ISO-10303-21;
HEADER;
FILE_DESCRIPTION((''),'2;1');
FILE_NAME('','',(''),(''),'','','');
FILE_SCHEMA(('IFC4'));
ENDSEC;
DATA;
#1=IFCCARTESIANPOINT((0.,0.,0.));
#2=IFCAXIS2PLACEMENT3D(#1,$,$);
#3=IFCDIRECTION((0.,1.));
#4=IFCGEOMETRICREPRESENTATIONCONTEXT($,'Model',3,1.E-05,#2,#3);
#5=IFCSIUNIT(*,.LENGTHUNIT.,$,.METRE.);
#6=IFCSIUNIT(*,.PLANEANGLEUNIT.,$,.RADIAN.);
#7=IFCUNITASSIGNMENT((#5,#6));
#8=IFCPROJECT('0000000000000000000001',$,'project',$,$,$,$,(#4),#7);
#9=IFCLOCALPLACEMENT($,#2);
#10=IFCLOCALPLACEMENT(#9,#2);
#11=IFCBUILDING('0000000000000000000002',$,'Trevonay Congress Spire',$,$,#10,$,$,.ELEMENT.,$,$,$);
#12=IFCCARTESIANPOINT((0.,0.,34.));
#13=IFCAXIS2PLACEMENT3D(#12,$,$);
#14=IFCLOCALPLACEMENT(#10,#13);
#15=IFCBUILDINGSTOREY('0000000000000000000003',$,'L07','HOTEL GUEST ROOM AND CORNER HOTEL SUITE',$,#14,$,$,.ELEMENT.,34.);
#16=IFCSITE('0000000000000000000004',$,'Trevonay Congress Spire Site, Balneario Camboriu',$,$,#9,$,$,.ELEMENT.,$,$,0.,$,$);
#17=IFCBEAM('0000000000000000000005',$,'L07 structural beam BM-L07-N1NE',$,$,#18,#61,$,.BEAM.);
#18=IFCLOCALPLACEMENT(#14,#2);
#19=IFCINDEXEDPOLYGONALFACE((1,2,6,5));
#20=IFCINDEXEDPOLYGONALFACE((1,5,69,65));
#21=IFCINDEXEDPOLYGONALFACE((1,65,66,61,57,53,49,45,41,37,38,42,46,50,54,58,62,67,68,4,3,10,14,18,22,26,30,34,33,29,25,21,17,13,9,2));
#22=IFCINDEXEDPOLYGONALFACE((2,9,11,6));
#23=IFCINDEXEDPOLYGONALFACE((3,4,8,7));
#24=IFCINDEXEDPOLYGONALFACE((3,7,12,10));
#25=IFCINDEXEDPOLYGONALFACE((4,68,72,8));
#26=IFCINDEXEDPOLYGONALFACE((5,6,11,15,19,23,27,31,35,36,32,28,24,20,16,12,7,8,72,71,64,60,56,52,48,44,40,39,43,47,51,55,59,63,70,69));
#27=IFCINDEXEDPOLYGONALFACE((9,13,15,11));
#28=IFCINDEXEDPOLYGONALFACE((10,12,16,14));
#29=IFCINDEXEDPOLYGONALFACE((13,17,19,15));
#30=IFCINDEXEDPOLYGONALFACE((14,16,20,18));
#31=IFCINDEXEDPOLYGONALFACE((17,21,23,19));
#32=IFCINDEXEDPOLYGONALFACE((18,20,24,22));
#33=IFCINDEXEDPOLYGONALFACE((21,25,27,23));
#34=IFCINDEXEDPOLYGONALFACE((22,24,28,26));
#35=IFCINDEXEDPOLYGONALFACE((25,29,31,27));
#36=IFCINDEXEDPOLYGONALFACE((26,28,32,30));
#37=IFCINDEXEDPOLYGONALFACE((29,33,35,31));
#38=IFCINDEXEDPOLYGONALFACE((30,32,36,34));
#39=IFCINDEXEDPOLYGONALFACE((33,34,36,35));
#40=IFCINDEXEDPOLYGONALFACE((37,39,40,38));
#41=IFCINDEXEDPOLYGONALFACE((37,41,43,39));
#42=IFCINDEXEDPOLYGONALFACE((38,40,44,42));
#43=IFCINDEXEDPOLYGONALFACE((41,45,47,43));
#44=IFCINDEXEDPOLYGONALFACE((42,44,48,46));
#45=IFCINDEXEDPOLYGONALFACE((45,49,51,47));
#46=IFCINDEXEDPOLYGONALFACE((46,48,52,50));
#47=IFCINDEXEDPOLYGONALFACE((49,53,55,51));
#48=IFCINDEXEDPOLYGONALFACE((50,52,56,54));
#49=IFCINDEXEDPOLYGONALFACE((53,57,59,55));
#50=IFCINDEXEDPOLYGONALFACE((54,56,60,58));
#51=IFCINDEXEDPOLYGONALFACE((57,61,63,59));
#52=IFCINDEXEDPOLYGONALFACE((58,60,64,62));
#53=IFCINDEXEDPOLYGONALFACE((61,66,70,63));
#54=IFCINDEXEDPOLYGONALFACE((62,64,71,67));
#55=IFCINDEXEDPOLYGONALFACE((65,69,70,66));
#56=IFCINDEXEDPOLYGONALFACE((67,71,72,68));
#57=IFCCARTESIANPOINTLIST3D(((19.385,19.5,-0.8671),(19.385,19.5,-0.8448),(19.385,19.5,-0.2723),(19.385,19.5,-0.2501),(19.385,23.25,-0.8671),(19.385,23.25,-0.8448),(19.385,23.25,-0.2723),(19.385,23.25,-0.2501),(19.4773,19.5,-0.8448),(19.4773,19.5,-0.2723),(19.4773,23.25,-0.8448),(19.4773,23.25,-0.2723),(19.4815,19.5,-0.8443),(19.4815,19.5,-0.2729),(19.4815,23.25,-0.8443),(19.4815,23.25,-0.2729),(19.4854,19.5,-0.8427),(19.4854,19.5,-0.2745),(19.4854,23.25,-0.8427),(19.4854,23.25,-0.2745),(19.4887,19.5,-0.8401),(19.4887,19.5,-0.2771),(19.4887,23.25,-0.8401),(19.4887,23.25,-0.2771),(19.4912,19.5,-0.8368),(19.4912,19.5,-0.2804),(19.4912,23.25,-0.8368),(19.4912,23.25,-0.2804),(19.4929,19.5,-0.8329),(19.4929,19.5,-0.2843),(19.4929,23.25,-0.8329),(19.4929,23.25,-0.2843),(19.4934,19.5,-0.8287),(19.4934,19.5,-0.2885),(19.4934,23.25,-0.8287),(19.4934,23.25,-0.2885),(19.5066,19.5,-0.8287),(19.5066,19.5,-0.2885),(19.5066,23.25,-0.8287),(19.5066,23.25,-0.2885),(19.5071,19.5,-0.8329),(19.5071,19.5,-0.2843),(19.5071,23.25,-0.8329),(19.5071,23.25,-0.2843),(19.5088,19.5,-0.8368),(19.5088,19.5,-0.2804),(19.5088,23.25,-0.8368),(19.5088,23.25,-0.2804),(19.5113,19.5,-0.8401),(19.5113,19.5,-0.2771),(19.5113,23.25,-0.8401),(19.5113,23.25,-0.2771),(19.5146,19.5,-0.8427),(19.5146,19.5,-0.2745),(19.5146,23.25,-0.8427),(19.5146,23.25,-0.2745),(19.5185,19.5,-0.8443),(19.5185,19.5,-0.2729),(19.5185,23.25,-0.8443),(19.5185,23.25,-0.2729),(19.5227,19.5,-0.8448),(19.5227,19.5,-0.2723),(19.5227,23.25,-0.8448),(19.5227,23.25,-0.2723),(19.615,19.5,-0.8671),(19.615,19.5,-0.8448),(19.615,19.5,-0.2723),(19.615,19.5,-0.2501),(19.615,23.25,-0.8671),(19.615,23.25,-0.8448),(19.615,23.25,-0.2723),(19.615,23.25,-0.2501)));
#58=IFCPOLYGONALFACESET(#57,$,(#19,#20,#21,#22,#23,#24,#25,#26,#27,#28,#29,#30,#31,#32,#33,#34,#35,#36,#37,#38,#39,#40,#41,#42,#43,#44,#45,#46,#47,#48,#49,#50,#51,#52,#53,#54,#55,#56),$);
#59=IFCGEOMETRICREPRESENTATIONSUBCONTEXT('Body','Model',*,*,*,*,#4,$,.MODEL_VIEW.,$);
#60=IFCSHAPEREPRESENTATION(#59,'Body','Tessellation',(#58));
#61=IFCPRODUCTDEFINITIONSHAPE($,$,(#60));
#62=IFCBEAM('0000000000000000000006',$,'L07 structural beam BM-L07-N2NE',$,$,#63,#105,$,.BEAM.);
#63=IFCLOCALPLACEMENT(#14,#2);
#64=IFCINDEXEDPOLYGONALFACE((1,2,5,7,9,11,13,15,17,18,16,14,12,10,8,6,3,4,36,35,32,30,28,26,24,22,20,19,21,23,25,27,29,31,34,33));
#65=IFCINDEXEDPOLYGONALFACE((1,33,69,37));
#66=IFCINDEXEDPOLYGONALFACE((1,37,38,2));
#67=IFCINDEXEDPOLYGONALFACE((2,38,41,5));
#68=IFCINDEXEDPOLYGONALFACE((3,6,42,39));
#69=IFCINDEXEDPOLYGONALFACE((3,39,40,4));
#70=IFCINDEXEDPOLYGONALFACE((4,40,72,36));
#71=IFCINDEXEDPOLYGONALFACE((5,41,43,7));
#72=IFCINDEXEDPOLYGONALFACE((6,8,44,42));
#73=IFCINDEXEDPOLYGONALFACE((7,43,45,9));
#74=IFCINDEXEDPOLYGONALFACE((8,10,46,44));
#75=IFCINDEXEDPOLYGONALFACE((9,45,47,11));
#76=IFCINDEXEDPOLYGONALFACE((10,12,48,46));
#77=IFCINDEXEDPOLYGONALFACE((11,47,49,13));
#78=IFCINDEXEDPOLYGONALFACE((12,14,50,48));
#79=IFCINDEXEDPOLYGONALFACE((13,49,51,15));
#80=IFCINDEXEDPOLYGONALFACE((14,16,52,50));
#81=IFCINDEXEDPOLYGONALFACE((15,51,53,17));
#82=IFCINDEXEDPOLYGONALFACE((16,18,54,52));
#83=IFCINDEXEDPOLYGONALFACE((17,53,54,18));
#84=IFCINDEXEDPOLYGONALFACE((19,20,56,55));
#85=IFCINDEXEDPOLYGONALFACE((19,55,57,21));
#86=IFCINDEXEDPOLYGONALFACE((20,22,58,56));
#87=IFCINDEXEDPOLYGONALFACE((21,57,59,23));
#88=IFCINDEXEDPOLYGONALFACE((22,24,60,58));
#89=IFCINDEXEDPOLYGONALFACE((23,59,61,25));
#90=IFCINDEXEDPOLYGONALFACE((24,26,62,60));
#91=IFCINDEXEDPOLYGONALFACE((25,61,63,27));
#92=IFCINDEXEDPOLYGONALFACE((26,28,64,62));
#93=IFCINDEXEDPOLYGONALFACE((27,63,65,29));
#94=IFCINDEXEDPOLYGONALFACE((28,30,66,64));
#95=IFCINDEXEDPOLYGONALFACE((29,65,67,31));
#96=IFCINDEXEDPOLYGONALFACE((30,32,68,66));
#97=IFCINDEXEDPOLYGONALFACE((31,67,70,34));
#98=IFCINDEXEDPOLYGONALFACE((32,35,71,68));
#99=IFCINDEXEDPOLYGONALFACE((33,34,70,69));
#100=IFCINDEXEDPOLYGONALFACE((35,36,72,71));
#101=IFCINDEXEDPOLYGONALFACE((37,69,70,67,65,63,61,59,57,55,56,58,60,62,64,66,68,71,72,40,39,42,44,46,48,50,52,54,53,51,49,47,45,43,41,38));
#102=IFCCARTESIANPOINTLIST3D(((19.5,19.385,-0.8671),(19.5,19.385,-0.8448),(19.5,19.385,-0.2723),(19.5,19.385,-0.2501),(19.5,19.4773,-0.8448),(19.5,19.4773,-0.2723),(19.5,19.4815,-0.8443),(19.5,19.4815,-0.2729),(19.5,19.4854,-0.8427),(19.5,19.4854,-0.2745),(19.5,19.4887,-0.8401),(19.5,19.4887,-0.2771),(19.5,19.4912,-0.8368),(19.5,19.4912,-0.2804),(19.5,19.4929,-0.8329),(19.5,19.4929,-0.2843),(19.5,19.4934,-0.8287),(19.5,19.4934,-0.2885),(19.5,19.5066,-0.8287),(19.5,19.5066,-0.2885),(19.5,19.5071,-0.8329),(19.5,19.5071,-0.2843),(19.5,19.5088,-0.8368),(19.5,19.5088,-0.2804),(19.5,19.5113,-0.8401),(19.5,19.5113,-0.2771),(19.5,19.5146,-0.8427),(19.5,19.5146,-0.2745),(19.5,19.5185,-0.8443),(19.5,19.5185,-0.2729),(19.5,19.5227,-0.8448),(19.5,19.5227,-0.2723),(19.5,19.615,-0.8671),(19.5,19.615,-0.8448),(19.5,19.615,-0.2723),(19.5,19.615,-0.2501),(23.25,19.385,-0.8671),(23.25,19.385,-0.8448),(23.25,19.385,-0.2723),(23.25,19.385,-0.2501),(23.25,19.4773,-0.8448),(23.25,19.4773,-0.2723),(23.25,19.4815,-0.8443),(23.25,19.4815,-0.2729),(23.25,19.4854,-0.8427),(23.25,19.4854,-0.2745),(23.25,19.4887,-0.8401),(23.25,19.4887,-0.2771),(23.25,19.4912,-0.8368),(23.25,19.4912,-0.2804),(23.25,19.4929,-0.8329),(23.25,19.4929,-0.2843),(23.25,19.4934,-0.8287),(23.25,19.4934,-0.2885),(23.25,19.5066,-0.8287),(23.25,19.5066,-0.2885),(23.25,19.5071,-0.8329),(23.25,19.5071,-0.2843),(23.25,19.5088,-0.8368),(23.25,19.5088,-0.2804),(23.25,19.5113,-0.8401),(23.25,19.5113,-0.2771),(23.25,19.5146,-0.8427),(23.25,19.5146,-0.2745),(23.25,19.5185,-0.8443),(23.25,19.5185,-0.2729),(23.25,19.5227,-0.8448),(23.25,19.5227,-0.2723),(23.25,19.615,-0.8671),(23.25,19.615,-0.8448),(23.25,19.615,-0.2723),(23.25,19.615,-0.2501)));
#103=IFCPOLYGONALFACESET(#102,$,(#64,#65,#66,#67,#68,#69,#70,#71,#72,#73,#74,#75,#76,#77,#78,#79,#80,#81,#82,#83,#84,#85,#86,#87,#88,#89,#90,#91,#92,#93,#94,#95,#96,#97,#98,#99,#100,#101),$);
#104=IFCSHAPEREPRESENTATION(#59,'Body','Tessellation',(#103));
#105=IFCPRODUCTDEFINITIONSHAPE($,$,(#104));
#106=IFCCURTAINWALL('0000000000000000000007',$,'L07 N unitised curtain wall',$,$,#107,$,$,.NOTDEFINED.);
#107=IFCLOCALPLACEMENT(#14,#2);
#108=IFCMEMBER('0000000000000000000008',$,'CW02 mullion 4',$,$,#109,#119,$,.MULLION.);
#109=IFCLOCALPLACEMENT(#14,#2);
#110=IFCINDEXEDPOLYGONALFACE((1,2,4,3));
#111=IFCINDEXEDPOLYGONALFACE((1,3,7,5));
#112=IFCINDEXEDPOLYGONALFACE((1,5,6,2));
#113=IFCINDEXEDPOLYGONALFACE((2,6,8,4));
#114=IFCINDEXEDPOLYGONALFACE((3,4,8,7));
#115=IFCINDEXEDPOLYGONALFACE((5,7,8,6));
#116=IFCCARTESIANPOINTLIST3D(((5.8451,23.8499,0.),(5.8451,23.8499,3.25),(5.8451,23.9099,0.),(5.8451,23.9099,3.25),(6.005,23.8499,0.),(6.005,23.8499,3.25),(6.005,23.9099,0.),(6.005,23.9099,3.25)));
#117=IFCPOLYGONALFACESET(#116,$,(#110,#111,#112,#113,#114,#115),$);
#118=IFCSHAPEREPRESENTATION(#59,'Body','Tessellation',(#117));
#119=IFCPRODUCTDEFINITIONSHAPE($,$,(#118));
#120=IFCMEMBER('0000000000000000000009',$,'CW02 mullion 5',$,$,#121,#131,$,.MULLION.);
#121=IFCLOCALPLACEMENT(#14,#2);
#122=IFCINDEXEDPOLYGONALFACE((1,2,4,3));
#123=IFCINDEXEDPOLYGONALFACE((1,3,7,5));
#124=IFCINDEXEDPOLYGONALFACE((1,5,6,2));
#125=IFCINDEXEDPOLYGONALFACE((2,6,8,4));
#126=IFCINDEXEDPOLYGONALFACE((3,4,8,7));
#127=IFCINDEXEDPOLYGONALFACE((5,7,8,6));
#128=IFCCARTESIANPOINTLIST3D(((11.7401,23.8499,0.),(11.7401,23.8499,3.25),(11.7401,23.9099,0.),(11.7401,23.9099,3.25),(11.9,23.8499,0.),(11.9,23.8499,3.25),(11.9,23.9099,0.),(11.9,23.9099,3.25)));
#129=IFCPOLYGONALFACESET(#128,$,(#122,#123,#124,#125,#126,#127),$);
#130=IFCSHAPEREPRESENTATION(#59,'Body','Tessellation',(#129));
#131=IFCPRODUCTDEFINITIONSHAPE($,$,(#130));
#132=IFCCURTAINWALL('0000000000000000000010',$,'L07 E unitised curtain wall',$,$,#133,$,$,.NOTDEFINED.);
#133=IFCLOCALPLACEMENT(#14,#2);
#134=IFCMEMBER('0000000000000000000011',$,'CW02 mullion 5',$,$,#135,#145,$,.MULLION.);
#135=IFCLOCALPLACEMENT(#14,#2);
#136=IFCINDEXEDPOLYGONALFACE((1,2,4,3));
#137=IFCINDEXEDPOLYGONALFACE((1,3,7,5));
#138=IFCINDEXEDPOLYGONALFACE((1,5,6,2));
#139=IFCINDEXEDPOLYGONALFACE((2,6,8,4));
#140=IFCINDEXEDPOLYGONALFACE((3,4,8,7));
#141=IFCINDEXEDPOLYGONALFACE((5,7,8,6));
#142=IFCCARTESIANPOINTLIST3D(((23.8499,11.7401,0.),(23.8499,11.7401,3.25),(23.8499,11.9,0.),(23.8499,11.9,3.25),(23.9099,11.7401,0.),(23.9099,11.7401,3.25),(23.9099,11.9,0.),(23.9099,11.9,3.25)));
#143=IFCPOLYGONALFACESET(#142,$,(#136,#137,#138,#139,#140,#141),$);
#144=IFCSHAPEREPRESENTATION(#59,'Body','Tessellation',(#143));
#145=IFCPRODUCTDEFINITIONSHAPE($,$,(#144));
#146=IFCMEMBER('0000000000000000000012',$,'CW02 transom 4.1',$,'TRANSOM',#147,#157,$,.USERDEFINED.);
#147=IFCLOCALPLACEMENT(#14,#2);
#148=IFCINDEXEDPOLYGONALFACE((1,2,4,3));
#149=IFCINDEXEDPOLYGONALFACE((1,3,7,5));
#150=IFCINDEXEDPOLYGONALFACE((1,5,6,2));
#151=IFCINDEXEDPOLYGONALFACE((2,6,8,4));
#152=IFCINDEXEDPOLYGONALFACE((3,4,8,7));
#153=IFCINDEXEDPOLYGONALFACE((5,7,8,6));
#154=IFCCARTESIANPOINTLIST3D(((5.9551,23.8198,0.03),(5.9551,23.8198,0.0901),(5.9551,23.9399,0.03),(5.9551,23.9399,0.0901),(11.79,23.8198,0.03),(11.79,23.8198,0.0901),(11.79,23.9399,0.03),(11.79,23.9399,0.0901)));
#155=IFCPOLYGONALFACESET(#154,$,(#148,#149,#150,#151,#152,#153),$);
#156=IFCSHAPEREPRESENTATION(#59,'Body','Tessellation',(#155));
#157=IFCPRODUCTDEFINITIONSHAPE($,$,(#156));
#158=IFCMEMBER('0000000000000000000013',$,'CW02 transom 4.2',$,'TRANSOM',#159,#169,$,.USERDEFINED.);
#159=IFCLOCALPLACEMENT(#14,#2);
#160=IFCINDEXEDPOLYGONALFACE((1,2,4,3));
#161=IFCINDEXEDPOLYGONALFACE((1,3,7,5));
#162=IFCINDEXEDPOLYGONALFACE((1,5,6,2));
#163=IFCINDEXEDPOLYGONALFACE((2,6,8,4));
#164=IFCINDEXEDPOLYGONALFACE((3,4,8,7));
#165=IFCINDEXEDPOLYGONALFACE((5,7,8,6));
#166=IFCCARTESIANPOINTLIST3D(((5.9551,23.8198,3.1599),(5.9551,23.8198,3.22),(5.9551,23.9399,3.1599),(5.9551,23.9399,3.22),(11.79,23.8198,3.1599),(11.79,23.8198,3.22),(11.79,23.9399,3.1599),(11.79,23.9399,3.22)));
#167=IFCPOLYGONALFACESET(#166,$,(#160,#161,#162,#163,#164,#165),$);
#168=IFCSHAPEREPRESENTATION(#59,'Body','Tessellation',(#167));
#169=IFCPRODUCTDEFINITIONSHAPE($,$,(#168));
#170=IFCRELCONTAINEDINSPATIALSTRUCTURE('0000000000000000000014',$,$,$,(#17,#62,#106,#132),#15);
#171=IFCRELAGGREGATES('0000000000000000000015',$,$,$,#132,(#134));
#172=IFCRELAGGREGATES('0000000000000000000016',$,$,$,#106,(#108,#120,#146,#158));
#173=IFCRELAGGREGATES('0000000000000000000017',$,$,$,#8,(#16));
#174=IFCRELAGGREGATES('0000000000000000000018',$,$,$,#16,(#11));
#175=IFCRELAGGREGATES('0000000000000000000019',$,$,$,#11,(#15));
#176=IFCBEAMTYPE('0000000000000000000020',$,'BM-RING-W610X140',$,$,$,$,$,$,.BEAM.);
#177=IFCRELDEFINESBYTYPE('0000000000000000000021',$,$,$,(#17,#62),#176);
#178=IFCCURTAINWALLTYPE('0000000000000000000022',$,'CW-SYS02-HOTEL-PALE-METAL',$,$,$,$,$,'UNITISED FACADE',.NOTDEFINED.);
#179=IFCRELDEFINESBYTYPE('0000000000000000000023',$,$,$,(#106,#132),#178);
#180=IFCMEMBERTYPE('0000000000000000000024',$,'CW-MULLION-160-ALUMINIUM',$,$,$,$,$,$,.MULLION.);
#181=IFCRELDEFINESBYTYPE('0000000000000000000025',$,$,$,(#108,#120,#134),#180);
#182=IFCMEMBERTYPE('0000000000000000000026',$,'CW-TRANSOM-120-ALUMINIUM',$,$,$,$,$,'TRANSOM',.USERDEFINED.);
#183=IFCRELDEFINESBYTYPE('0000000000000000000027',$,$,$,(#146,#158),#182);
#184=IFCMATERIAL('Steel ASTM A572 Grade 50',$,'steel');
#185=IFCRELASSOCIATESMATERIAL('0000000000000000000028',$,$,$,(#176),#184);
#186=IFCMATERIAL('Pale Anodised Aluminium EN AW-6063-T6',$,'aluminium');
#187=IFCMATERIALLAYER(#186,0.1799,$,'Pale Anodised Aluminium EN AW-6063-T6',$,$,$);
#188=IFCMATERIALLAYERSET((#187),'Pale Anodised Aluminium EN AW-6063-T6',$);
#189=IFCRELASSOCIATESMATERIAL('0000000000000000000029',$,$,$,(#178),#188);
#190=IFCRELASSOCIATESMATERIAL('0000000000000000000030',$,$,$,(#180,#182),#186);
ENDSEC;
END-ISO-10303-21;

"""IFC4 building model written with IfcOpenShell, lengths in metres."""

from ifc_helpers import new_model, si_unit, direction, frame, origin, origin_2d, place, context, subcontext, project, spatial, rectangle, i_section, extrude, material, layer, layer_set, material_profile, profile_set, type_object, element, aggregate, save


model = new_model("IFC4")

# Units and contexts
model_context = context("Model", 3, precision=1e-05, world=origin(), true_north=direction((0.0, 1.0)))
body_context = subcontext(model_context, "Body", "Model", "MODEL_VIEW")
ifc_project = project(units=[si_unit("LENGTHUNIT", "METRE"), si_unit("PLANEANGLEUNIT", "RADIAN")], contexts=[model_context])

# Site, building, storey
site_placement = place(None, origin())
site = spatial("IfcSite", under=ifc_project, at=site_placement, Name="Trevonay Congress Spire Site, Balneario Camboriu", CompositionType="ELEMENT", RefElevation=0.0)
building_placement = place(site_placement, origin())
building = spatial("IfcBuilding", under=site, at=building_placement, Name="Trevonay Congress Spire", CompositionType="ELEMENT")
storey_placement = place(building_placement, frame((0.0, 0.0, 34.0)))
storey = spatial("IfcBuildingStorey", under=building, at=storey_placement, Name="L07", Description="HOTEL GUEST ROOM AND CORNER HOTEL SUITE", CompositionType="ELEMENT", Elevation=34.0)

# Shared definitions
ifc_material_1 = material(Name="Steel ASTM A572 Grade 50", Category="steel")

# Beams
ifc_material_profile_1 = material_profile(ifc_material_1, i_section(OverallWidth=0.23, OverallDepth=0.6169, WebThickness=0.0132, FlangeThickness=0.0222, FilletRadius=0.0161, at=origin_2d()), Name="W610x140")
ifc_profile_set_1 = profile_set([ifc_material_profile_1], Name="Steel ASTM A572 Grade 50")
beam_type = type_object("IfcBeamType", Name="BM-RING-W610X140", PredefinedType="BEAM", material=ifc_profile_set_1)
for number, where, z_axis, x_axis, name in (
    (1, (19.5, 23.25, -0.5586), (0.0, -1.0, 0.0), (1.0, 0.0, 0.0), "L07 structural beam BM-L07-N1NE"),
    (2, (23.25, 19.5, -0.5586), (-1.0, 0.0, 0.0), (0.0, -1.0, 0.0), "L07 structural beam BM-L07-N2NE"),
):
    element("IfcBeam", number, at=place(storey_placement, frame(where, z_axis=z_axis, x_axis=x_axis)), inside=storey, type_object=beam_type, Name=name, PredefinedType="BEAM", context=body_context, shape_type="SweptSolid", body=[
        extrude(i_section(OverallWidth=0.23, OverallDepth=0.6169, WebThickness=0.0132, FlangeThickness=0.0222, FilletRadius=0.0161, at=origin_2d()), origin(), (0.0, 0.0, 1.0), 3.75),
    ])

# Curtain wall, members
ifc_material_2 = material(Name="Pale Anodised Aluminium EN AW-6063-T6", Category="aluminium")
ifc_layer_1 = layer(ifc_material_2, 0.1799, Name="Pale Anodised Aluminium EN AW-6063-T6")
ifc_layer_set_1 = layer_set([ifc_layer_1], Name="Pale Anodised Aluminium EN AW-6063-T6")
curtain_wall_type = type_object("IfcCurtainWallType", Name="CW-SYS02-HOTEL-PALE-METAL", ElementType="UNITISED FACADE", PredefinedType="NOTDEFINED", material=ifc_layer_set_1)
curtain_wall_1_placement = place(storey_placement, origin())
curtain_wall_1 = element("IfcCurtainWall", 3, at=curtain_wall_1_placement, inside=storey, type_object=curtain_wall_type, Name="L07 N unitised curtain wall", PredefinedType="NOTDEFINED")
ifc_material_profile_2 = material_profile(ifc_material_2, rectangle(XDim=0.0601, YDim=0.1599, at=origin_2d()), Name="CW-MULLION-160-ALUMINIUM")
ifc_profile_set_2 = profile_set([ifc_material_profile_2], Name="Pale Anodised Aluminium EN AW-6063-T6")
member_type_1 = type_object("IfcMemberType", Name="CW-MULLION-160-ALUMINIUM", PredefinedType="MULLION", material=ifc_profile_set_2)
member_1_placement = place(storey_placement, frame((5.925, 23.8799, 0.0), z_axis=(0.0, 0.0, 1.0), x_axis=(0.0, 1.0, 0.0)))
member_1 = element("IfcMember", 4, at=member_1_placement, type_object=member_type_1, Name="CW02 mullion 4", PredefinedType="MULLION", context=body_context, shape_type="SweptSolid", body=[
    extrude(rectangle(XDim=0.0601, YDim=0.1599, at=origin_2d()), origin(), (0.0, 0.0, 1.0), 3.25),
])
member_2_placement = place(storey_placement, frame((11.8201, 23.8799, 0.0), z_axis=(0.0, 0.0, 1.0), x_axis=(0.0, 1.0, 0.0)))
member_2 = element("IfcMember", 5, at=member_2_placement, type_object=member_type_1, Name="CW02 mullion 5", PredefinedType="MULLION", context=body_context, shape_type="SweptSolid", body=[
    extrude(rectangle(XDim=0.0601, YDim=0.1599, at=origin_2d()), origin(), (0.0, 0.0, 1.0), 3.25),
])

# Curtain wall, member
curtain_wall_2_placement = place(storey_placement, origin())
curtain_wall_2 = element("IfcCurtainWall", 6, at=curtain_wall_2_placement, inside=storey, type_object=curtain_wall_type, Name="L07 E unitised curtain wall", PredefinedType="NOTDEFINED")
member_3_placement = place(storey_placement, frame((23.8799, 11.8201, 0.0), z_axis=(0.0, 0.0, 1.0), x_axis=(-1.0, 0.0, 0.0)))
member_3 = element("IfcMember", 7, at=member_3_placement, type_object=member_type_1, Name="CW02 mullion 5", PredefinedType="MULLION", context=body_context, shape_type="SweptSolid", body=[
    extrude(rectangle(XDim=0.0601, YDim=0.1599, at=origin_2d()), origin(), (0.0, 0.0, 1.0), 3.25),
])
aggregate(curtain_wall_2, [member_3])

# Members
ifc_material_profile_3 = material_profile(ifc_material_2, rectangle(XDim=0.1201, YDim=0.0601, at=origin_2d()), Name="CW-TRANSOM-120-ALUMINIUM")
ifc_profile_set_3 = profile_set([ifc_material_profile_3], Name="Pale Anodised Aluminium EN AW-6063-T6")
member_type_2 = type_object("IfcMemberType", Name="CW-TRANSOM-120-ALUMINIUM", ElementType="TRANSOM", PredefinedType="USERDEFINED", material=ifc_profile_set_3)
member_4_placement = place(storey_placement, frame((5.9551, 23.8799, 0.0601), z_axis=(1.0, 0.0, 0.0), x_axis=(0.0, 1.0, 0.0)))
member_4 = element("IfcMember", 8, at=member_4_placement, type_object=member_type_2, Name="CW02 transom 4.1", ObjectType="TRANSOM", PredefinedType="USERDEFINED", context=body_context, shape_type="SweptSolid", body=[
    extrude(rectangle(XDim=0.1201, YDim=0.0601, at=origin_2d()), origin(), (0.0, 0.0, 1.0), 5.835),
])
member_5_placement = place(storey_placement, frame((5.9551, 23.8799, 3.1899), z_axis=(1.0, 0.0, 0.0), x_axis=(0.0, 1.0, 0.0)))
member_5 = element("IfcMember", 9, at=member_5_placement, type_object=member_type_2, Name="CW02 transom 4.2", ObjectType="TRANSOM", PredefinedType="USERDEFINED", context=body_context, shape_type="SweptSolid", body=[
    extrude(rectangle(XDim=0.1201, YDim=0.0601, at=origin_2d()), origin(), (0.0, 0.0, 1.0), 5.835),
])

aggregate(curtain_wall_1, [member_1, member_2, member_4, member_5])

save(model, "model.ifc")
